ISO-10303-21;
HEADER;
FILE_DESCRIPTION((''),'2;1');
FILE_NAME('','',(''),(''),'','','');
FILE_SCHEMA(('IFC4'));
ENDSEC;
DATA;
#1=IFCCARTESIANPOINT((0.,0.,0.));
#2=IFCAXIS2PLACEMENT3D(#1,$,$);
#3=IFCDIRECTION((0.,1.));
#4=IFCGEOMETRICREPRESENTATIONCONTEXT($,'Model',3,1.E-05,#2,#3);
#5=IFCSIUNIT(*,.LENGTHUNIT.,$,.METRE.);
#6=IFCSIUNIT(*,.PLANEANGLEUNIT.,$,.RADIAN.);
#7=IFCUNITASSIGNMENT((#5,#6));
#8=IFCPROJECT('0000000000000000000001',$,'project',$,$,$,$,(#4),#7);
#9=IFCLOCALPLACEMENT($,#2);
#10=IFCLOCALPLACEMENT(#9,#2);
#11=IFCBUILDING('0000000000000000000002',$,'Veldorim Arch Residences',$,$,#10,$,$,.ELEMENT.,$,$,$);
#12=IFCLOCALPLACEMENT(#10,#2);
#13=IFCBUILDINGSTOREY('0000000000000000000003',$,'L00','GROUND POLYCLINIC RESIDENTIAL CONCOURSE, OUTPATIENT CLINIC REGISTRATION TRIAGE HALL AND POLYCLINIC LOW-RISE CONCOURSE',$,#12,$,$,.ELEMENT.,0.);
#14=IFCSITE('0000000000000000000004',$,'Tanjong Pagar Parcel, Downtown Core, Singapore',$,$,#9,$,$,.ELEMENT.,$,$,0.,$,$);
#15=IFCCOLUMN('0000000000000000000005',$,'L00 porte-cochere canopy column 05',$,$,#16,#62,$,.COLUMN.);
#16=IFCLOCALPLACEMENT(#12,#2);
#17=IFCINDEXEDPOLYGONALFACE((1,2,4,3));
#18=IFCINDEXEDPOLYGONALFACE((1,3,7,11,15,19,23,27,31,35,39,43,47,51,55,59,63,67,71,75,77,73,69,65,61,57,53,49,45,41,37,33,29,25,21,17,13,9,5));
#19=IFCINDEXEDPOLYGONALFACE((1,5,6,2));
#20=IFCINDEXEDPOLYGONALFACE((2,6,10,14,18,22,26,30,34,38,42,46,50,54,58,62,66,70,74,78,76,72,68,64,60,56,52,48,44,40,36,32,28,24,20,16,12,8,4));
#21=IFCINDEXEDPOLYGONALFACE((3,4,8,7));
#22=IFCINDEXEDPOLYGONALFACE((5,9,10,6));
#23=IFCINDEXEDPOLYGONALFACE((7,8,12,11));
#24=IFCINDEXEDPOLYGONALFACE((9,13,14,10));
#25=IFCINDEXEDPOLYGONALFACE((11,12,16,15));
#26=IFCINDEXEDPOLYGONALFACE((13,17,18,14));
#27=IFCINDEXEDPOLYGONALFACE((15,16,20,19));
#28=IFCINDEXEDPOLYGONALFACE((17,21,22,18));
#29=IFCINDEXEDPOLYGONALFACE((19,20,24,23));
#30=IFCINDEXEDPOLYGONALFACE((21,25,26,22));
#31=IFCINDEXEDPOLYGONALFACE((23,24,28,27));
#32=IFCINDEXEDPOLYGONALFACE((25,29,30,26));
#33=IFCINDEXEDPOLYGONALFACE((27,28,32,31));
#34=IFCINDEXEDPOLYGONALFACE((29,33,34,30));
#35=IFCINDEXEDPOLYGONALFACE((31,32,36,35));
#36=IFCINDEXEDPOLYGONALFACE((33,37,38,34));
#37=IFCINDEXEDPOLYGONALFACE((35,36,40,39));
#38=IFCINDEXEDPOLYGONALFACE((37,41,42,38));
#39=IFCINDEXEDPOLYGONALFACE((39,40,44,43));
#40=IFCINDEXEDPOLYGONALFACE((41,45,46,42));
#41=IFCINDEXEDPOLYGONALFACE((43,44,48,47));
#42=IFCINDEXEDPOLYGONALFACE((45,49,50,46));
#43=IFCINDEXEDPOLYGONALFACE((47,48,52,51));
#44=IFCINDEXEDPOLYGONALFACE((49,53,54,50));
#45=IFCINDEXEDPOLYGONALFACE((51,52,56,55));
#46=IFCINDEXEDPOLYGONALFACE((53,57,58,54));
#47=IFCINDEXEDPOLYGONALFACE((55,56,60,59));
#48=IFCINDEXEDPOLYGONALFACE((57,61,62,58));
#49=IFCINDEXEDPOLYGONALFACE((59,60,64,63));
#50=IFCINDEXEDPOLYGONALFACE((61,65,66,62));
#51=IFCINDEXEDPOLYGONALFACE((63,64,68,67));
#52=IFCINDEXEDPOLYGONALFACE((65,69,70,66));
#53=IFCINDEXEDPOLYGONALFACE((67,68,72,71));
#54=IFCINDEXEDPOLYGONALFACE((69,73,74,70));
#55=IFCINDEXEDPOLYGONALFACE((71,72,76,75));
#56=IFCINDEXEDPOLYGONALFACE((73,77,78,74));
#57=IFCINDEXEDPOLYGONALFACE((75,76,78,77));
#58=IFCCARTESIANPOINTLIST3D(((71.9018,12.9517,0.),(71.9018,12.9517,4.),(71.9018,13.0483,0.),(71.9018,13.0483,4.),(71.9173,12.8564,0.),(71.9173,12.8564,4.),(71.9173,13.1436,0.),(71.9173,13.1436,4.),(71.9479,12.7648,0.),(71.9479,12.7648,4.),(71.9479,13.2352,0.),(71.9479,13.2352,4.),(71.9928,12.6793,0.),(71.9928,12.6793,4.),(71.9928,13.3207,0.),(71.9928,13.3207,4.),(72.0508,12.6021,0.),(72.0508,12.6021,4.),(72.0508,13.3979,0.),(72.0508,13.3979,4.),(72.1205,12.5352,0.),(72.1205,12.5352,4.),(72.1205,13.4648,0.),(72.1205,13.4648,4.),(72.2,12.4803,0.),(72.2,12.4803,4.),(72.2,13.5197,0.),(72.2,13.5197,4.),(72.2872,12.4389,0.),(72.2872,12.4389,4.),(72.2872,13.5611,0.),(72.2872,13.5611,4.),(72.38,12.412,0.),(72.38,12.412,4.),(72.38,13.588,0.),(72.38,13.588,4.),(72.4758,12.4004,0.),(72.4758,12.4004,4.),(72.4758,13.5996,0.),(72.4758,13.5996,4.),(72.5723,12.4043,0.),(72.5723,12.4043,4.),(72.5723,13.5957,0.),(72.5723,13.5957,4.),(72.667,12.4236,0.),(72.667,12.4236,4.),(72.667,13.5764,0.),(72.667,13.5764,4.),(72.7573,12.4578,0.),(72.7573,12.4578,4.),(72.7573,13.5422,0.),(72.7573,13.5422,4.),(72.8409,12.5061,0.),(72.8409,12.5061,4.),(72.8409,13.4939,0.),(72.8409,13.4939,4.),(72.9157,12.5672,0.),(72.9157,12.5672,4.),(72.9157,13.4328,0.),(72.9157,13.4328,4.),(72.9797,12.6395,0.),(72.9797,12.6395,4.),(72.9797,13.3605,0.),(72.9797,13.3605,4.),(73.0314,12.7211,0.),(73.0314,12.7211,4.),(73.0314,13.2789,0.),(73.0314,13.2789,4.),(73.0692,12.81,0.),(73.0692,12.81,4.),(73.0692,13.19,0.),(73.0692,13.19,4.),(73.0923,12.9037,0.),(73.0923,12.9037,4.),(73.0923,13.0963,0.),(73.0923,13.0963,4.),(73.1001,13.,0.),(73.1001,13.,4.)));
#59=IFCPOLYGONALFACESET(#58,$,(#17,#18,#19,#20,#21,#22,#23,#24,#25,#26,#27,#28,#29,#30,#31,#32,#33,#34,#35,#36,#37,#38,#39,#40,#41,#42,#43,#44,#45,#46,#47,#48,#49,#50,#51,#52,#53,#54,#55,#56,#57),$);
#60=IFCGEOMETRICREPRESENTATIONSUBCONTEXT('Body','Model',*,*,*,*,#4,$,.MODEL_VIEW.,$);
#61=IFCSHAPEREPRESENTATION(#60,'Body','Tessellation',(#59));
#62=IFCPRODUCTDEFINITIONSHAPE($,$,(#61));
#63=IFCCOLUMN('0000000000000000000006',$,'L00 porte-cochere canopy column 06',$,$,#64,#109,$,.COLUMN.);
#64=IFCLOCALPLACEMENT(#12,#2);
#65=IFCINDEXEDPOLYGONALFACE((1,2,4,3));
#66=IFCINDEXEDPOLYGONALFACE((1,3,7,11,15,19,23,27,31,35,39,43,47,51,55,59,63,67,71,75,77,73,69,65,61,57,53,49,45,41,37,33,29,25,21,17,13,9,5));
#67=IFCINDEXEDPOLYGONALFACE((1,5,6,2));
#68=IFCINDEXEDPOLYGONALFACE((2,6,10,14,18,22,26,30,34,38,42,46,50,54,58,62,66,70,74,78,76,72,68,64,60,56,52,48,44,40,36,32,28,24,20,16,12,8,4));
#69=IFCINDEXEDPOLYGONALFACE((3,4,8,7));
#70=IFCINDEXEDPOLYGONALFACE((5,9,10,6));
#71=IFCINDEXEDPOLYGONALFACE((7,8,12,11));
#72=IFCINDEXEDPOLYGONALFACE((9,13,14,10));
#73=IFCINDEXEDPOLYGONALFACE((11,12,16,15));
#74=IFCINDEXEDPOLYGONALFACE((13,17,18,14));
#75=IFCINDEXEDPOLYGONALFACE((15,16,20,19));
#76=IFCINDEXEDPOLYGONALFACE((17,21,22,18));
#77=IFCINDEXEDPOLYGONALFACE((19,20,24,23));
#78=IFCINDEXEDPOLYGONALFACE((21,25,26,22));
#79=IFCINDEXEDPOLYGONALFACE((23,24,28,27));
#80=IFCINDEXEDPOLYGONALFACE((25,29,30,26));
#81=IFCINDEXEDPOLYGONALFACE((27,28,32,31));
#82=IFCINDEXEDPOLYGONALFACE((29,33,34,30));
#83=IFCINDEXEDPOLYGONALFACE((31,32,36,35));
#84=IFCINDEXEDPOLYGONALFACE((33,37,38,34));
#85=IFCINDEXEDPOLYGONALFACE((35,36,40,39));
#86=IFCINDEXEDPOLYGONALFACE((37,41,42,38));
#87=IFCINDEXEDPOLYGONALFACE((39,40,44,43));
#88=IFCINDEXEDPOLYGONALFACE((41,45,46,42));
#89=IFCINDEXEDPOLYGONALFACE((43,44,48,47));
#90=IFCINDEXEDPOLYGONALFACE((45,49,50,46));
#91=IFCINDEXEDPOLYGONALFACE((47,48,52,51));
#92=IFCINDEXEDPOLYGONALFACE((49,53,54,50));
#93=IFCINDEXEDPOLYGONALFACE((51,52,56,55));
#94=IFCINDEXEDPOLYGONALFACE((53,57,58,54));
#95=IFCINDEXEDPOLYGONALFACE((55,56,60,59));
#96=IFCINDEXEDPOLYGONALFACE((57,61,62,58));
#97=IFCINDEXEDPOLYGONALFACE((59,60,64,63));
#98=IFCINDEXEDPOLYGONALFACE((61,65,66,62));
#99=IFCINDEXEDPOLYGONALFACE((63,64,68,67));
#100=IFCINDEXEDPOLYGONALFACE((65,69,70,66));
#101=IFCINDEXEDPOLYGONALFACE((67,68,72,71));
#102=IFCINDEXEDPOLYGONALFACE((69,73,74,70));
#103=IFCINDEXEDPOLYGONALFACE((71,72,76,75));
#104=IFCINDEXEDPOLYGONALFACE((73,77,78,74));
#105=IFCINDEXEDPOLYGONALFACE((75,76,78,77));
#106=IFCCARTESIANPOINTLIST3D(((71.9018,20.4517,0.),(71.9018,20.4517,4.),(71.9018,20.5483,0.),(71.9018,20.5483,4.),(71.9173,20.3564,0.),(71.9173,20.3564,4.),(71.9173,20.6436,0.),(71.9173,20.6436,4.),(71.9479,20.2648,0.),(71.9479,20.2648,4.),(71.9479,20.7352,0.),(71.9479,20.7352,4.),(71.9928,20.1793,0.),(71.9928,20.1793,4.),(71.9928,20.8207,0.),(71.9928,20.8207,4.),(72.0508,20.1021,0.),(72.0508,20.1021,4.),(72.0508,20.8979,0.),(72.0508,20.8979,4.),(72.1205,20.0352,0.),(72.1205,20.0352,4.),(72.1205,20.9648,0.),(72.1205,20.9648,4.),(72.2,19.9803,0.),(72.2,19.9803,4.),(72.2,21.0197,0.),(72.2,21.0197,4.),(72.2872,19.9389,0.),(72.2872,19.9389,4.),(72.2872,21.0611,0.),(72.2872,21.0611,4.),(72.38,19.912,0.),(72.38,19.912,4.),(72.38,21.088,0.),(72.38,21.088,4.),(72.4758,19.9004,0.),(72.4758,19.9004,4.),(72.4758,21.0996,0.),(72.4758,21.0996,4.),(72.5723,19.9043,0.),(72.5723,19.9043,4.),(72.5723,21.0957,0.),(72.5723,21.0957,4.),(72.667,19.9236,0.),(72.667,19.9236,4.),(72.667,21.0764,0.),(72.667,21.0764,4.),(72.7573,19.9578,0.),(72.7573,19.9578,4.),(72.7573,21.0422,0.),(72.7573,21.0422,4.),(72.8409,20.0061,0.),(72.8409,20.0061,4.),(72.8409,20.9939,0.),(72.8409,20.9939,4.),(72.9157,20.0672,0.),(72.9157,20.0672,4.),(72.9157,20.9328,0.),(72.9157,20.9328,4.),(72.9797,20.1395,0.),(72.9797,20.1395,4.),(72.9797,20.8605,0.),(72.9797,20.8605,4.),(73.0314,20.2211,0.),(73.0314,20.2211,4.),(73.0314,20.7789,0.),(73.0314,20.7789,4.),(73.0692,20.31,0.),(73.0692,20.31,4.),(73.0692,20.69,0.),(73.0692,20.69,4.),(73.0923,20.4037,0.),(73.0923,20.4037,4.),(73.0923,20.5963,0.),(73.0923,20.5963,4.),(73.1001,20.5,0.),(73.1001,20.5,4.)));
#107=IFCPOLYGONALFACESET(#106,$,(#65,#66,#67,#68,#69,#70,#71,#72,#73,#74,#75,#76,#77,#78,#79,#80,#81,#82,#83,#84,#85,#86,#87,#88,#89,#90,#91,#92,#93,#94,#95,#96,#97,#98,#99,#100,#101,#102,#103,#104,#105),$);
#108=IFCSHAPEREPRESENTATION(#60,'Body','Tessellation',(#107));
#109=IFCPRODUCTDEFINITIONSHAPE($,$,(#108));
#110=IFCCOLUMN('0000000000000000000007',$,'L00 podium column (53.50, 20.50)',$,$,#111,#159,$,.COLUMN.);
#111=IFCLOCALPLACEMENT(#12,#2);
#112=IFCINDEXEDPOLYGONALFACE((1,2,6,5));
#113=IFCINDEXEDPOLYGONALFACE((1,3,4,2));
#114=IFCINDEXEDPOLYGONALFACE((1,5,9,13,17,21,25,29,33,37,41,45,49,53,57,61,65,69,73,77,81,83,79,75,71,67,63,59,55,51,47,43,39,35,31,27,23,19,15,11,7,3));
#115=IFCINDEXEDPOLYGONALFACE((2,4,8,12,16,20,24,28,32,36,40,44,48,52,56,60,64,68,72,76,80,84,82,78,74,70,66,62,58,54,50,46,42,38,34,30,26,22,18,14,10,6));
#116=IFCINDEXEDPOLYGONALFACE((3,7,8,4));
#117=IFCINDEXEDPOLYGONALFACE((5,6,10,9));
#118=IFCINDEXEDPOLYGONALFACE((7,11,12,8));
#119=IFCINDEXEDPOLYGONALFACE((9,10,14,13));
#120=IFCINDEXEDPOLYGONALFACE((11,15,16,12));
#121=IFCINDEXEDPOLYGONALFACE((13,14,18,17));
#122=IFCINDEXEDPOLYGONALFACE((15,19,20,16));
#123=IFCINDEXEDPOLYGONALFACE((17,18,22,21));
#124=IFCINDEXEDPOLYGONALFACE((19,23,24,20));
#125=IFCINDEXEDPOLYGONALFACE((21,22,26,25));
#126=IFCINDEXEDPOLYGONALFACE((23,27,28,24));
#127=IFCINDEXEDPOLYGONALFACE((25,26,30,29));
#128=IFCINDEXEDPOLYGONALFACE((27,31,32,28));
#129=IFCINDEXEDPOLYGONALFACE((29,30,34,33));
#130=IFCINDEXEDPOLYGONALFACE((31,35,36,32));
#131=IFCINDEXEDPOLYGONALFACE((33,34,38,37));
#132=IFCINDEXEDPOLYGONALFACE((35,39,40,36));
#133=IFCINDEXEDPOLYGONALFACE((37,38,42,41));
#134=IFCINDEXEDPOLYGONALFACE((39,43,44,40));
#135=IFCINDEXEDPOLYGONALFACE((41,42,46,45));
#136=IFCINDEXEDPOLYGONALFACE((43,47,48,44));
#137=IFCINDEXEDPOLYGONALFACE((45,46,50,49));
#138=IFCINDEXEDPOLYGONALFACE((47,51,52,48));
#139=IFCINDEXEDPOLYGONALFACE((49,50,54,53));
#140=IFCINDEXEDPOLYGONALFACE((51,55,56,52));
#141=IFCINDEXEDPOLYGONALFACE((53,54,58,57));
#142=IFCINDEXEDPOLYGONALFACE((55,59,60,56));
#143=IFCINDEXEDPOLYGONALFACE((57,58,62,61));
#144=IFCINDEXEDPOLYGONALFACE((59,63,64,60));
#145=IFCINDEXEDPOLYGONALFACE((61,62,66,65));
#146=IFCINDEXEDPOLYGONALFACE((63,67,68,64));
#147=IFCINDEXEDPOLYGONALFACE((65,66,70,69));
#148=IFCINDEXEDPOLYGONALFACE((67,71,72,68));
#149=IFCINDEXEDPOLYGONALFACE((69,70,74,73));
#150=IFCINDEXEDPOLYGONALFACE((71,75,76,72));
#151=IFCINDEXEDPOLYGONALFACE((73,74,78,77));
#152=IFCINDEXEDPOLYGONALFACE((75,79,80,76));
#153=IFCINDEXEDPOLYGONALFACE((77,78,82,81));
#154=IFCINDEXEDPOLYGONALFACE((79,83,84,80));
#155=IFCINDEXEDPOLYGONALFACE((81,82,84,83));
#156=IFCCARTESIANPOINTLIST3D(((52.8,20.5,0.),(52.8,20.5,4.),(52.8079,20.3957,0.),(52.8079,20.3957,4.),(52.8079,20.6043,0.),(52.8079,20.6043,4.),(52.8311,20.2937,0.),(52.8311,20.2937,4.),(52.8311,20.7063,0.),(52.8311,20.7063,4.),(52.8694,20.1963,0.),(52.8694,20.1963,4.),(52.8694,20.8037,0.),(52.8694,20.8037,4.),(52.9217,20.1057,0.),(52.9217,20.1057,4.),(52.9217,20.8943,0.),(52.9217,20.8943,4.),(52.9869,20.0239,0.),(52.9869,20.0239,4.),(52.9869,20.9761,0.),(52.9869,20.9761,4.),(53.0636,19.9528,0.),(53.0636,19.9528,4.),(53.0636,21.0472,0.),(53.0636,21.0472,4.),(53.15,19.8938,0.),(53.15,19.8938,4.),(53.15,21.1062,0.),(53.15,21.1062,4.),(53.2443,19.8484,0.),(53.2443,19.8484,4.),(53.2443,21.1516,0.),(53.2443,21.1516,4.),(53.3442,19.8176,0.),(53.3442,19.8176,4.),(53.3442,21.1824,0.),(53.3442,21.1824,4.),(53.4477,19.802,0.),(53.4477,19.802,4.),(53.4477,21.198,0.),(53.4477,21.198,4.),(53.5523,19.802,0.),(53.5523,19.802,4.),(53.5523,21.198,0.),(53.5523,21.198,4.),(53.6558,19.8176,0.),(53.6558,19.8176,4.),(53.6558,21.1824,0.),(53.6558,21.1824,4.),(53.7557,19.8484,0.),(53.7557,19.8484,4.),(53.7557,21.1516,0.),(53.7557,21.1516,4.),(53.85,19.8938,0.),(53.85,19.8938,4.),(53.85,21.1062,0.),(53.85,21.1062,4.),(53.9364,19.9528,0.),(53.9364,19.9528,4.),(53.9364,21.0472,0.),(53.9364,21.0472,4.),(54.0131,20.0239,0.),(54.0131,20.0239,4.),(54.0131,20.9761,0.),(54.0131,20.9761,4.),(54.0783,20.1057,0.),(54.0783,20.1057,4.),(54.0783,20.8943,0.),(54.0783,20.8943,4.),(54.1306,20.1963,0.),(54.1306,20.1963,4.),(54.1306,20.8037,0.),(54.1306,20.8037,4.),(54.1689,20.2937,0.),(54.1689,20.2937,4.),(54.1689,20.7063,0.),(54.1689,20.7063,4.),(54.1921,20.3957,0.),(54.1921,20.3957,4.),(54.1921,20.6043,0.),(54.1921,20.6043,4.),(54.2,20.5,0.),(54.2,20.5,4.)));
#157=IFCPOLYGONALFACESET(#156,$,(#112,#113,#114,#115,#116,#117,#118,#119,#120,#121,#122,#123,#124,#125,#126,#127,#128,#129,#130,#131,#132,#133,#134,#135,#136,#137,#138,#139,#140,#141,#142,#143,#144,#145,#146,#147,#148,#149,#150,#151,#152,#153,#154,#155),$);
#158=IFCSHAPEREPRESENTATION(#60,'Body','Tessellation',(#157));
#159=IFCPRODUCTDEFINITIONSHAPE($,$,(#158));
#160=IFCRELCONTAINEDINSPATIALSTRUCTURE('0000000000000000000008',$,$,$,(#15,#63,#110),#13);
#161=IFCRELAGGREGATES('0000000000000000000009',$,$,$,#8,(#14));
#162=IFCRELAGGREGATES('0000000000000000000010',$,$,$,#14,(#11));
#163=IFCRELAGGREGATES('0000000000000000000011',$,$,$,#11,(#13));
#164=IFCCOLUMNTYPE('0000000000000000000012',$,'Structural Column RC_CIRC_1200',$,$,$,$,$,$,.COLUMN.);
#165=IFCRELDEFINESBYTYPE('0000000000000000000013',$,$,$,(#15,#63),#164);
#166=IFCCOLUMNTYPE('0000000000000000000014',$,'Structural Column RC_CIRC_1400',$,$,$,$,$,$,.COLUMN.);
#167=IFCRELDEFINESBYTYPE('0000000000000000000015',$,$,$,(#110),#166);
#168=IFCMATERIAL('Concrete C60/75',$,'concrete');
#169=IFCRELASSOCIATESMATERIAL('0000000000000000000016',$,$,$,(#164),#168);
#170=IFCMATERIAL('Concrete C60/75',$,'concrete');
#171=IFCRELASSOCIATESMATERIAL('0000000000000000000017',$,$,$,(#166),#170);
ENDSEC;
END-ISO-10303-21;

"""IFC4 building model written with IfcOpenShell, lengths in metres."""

from ifc_helpers import new_model, si_unit, direction, frame, origin, origin_2d, place, context, subcontext, project, spatial, circle, extrude, material, material_profile, profile_set, type_object, element, save


model = new_model("IFC4")

# Units and contexts
model_context = context("Model", 3, precision=1e-05, world=origin(), true_north=direction((0.0, 1.0)))
body_context = subcontext(model_context, "Body", "Model", "MODEL_VIEW")
ifc_project = project(units=[si_unit("LENGTHUNIT", "METRE"), si_unit("PLANEANGLEUNIT", "RADIAN")], contexts=[model_context])

# Site, building, storey
site_placement = place(None, origin())
site = spatial("IfcSite", under=ifc_project, at=site_placement, Name="Tanjong Pagar Parcel, Downtown Core, Singapore", CompositionType="ELEMENT", RefElevation=0.0)
building_placement = place(site_placement, origin())
building = spatial("IfcBuilding", under=site, at=building_placement, Name="Veldorim Arch Residences", CompositionType="ELEMENT")
storey_placement = place(building_placement, origin())
storey = spatial("IfcBuildingStorey", under=building, at=storey_placement, Name="L00", Description="GROUND POLYCLINIC RESIDENTIAL CONCOURSE, OUTPATIENT CLINIC REGISTRATION TRIAGE HALL AND POLYCLINIC LOW-RISE CONCOURSE", CompositionType="ELEMENT", Elevation=0.0)

# Columns
ifc_material_1 = material(Name="Concrete C60/75", Category="concrete")
ifc_material_profile_1 = material_profile(ifc_material_1, circle(Radius=0.6001, at=origin_2d()), Name="RC_CIRC_1200")
ifc_profile_set_1 = profile_set([ifc_material_profile_1], Name="Concrete C60/75")
column_type_1 = type_object("IfcColumnType", Name="Structural Column RC_CIRC_1200", PredefinedType="COLUMN", material=ifc_profile_set_1)
for number, where, z_axis, x_axis, name in (
    (1, (72.5, 13.0, 0.0), (0.0, 0.0, 1.0), (1.0, 0.0, 0.0), "L00 porte-cochere canopy column 05"),
    (2, (72.5, 20.5, 0.0), (0.0, 0.0, 1.0), (1.0, 0.0, 0.0), "L00 porte-cochere canopy column 06"),
):
    element("IfcColumn", number, at=place(storey_placement, frame(where, z_axis=z_axis, x_axis=x_axis)), inside=storey, type_object=column_type_1, Name=name, PredefinedType="COLUMN", context=body_context, shape_type="SweptSolid", body=[
        extrude(circle(Radius=0.6001, at=origin_2d()), origin(), (0.0, 0.0, 1.0), 4.0),
    ])
ifc_material_2 = material(Name="Concrete C60/75", Category="concrete")
ifc_material_profile_2 = material_profile(ifc_material_2, circle(Radius=0.7, at=origin_2d()), Name="RC_CIRC_1400")
ifc_profile_set_2 = profile_set([ifc_material_profile_2], Name="Concrete C60/75")
column_type_2 = type_object("IfcColumnType", Name="Structural Column RC_CIRC_1400", PredefinedType="COLUMN", material=ifc_profile_set_2)
for number, where, z_axis, x_axis, name in (
    (3, (53.5, 20.5, 0.0), (0.0, 0.0, 1.0), (1.0, 0.0, 0.0), "L00 podium column (53.50, 20.50)"),
):
    element("IfcColumn", number, at=place(storey_placement, frame(where, z_axis=z_axis, x_axis=x_axis)), inside=storey, type_object=column_type_2, Name=name, PredefinedType="COLUMN", context=body_context, shape_type="SweptSolid", body=[
        extrude(circle(Radius=0.7, at=origin_2d()), origin(), (0.0, 0.0, 1.0), 4.0),
    ])

save(model, "model.ifc")
